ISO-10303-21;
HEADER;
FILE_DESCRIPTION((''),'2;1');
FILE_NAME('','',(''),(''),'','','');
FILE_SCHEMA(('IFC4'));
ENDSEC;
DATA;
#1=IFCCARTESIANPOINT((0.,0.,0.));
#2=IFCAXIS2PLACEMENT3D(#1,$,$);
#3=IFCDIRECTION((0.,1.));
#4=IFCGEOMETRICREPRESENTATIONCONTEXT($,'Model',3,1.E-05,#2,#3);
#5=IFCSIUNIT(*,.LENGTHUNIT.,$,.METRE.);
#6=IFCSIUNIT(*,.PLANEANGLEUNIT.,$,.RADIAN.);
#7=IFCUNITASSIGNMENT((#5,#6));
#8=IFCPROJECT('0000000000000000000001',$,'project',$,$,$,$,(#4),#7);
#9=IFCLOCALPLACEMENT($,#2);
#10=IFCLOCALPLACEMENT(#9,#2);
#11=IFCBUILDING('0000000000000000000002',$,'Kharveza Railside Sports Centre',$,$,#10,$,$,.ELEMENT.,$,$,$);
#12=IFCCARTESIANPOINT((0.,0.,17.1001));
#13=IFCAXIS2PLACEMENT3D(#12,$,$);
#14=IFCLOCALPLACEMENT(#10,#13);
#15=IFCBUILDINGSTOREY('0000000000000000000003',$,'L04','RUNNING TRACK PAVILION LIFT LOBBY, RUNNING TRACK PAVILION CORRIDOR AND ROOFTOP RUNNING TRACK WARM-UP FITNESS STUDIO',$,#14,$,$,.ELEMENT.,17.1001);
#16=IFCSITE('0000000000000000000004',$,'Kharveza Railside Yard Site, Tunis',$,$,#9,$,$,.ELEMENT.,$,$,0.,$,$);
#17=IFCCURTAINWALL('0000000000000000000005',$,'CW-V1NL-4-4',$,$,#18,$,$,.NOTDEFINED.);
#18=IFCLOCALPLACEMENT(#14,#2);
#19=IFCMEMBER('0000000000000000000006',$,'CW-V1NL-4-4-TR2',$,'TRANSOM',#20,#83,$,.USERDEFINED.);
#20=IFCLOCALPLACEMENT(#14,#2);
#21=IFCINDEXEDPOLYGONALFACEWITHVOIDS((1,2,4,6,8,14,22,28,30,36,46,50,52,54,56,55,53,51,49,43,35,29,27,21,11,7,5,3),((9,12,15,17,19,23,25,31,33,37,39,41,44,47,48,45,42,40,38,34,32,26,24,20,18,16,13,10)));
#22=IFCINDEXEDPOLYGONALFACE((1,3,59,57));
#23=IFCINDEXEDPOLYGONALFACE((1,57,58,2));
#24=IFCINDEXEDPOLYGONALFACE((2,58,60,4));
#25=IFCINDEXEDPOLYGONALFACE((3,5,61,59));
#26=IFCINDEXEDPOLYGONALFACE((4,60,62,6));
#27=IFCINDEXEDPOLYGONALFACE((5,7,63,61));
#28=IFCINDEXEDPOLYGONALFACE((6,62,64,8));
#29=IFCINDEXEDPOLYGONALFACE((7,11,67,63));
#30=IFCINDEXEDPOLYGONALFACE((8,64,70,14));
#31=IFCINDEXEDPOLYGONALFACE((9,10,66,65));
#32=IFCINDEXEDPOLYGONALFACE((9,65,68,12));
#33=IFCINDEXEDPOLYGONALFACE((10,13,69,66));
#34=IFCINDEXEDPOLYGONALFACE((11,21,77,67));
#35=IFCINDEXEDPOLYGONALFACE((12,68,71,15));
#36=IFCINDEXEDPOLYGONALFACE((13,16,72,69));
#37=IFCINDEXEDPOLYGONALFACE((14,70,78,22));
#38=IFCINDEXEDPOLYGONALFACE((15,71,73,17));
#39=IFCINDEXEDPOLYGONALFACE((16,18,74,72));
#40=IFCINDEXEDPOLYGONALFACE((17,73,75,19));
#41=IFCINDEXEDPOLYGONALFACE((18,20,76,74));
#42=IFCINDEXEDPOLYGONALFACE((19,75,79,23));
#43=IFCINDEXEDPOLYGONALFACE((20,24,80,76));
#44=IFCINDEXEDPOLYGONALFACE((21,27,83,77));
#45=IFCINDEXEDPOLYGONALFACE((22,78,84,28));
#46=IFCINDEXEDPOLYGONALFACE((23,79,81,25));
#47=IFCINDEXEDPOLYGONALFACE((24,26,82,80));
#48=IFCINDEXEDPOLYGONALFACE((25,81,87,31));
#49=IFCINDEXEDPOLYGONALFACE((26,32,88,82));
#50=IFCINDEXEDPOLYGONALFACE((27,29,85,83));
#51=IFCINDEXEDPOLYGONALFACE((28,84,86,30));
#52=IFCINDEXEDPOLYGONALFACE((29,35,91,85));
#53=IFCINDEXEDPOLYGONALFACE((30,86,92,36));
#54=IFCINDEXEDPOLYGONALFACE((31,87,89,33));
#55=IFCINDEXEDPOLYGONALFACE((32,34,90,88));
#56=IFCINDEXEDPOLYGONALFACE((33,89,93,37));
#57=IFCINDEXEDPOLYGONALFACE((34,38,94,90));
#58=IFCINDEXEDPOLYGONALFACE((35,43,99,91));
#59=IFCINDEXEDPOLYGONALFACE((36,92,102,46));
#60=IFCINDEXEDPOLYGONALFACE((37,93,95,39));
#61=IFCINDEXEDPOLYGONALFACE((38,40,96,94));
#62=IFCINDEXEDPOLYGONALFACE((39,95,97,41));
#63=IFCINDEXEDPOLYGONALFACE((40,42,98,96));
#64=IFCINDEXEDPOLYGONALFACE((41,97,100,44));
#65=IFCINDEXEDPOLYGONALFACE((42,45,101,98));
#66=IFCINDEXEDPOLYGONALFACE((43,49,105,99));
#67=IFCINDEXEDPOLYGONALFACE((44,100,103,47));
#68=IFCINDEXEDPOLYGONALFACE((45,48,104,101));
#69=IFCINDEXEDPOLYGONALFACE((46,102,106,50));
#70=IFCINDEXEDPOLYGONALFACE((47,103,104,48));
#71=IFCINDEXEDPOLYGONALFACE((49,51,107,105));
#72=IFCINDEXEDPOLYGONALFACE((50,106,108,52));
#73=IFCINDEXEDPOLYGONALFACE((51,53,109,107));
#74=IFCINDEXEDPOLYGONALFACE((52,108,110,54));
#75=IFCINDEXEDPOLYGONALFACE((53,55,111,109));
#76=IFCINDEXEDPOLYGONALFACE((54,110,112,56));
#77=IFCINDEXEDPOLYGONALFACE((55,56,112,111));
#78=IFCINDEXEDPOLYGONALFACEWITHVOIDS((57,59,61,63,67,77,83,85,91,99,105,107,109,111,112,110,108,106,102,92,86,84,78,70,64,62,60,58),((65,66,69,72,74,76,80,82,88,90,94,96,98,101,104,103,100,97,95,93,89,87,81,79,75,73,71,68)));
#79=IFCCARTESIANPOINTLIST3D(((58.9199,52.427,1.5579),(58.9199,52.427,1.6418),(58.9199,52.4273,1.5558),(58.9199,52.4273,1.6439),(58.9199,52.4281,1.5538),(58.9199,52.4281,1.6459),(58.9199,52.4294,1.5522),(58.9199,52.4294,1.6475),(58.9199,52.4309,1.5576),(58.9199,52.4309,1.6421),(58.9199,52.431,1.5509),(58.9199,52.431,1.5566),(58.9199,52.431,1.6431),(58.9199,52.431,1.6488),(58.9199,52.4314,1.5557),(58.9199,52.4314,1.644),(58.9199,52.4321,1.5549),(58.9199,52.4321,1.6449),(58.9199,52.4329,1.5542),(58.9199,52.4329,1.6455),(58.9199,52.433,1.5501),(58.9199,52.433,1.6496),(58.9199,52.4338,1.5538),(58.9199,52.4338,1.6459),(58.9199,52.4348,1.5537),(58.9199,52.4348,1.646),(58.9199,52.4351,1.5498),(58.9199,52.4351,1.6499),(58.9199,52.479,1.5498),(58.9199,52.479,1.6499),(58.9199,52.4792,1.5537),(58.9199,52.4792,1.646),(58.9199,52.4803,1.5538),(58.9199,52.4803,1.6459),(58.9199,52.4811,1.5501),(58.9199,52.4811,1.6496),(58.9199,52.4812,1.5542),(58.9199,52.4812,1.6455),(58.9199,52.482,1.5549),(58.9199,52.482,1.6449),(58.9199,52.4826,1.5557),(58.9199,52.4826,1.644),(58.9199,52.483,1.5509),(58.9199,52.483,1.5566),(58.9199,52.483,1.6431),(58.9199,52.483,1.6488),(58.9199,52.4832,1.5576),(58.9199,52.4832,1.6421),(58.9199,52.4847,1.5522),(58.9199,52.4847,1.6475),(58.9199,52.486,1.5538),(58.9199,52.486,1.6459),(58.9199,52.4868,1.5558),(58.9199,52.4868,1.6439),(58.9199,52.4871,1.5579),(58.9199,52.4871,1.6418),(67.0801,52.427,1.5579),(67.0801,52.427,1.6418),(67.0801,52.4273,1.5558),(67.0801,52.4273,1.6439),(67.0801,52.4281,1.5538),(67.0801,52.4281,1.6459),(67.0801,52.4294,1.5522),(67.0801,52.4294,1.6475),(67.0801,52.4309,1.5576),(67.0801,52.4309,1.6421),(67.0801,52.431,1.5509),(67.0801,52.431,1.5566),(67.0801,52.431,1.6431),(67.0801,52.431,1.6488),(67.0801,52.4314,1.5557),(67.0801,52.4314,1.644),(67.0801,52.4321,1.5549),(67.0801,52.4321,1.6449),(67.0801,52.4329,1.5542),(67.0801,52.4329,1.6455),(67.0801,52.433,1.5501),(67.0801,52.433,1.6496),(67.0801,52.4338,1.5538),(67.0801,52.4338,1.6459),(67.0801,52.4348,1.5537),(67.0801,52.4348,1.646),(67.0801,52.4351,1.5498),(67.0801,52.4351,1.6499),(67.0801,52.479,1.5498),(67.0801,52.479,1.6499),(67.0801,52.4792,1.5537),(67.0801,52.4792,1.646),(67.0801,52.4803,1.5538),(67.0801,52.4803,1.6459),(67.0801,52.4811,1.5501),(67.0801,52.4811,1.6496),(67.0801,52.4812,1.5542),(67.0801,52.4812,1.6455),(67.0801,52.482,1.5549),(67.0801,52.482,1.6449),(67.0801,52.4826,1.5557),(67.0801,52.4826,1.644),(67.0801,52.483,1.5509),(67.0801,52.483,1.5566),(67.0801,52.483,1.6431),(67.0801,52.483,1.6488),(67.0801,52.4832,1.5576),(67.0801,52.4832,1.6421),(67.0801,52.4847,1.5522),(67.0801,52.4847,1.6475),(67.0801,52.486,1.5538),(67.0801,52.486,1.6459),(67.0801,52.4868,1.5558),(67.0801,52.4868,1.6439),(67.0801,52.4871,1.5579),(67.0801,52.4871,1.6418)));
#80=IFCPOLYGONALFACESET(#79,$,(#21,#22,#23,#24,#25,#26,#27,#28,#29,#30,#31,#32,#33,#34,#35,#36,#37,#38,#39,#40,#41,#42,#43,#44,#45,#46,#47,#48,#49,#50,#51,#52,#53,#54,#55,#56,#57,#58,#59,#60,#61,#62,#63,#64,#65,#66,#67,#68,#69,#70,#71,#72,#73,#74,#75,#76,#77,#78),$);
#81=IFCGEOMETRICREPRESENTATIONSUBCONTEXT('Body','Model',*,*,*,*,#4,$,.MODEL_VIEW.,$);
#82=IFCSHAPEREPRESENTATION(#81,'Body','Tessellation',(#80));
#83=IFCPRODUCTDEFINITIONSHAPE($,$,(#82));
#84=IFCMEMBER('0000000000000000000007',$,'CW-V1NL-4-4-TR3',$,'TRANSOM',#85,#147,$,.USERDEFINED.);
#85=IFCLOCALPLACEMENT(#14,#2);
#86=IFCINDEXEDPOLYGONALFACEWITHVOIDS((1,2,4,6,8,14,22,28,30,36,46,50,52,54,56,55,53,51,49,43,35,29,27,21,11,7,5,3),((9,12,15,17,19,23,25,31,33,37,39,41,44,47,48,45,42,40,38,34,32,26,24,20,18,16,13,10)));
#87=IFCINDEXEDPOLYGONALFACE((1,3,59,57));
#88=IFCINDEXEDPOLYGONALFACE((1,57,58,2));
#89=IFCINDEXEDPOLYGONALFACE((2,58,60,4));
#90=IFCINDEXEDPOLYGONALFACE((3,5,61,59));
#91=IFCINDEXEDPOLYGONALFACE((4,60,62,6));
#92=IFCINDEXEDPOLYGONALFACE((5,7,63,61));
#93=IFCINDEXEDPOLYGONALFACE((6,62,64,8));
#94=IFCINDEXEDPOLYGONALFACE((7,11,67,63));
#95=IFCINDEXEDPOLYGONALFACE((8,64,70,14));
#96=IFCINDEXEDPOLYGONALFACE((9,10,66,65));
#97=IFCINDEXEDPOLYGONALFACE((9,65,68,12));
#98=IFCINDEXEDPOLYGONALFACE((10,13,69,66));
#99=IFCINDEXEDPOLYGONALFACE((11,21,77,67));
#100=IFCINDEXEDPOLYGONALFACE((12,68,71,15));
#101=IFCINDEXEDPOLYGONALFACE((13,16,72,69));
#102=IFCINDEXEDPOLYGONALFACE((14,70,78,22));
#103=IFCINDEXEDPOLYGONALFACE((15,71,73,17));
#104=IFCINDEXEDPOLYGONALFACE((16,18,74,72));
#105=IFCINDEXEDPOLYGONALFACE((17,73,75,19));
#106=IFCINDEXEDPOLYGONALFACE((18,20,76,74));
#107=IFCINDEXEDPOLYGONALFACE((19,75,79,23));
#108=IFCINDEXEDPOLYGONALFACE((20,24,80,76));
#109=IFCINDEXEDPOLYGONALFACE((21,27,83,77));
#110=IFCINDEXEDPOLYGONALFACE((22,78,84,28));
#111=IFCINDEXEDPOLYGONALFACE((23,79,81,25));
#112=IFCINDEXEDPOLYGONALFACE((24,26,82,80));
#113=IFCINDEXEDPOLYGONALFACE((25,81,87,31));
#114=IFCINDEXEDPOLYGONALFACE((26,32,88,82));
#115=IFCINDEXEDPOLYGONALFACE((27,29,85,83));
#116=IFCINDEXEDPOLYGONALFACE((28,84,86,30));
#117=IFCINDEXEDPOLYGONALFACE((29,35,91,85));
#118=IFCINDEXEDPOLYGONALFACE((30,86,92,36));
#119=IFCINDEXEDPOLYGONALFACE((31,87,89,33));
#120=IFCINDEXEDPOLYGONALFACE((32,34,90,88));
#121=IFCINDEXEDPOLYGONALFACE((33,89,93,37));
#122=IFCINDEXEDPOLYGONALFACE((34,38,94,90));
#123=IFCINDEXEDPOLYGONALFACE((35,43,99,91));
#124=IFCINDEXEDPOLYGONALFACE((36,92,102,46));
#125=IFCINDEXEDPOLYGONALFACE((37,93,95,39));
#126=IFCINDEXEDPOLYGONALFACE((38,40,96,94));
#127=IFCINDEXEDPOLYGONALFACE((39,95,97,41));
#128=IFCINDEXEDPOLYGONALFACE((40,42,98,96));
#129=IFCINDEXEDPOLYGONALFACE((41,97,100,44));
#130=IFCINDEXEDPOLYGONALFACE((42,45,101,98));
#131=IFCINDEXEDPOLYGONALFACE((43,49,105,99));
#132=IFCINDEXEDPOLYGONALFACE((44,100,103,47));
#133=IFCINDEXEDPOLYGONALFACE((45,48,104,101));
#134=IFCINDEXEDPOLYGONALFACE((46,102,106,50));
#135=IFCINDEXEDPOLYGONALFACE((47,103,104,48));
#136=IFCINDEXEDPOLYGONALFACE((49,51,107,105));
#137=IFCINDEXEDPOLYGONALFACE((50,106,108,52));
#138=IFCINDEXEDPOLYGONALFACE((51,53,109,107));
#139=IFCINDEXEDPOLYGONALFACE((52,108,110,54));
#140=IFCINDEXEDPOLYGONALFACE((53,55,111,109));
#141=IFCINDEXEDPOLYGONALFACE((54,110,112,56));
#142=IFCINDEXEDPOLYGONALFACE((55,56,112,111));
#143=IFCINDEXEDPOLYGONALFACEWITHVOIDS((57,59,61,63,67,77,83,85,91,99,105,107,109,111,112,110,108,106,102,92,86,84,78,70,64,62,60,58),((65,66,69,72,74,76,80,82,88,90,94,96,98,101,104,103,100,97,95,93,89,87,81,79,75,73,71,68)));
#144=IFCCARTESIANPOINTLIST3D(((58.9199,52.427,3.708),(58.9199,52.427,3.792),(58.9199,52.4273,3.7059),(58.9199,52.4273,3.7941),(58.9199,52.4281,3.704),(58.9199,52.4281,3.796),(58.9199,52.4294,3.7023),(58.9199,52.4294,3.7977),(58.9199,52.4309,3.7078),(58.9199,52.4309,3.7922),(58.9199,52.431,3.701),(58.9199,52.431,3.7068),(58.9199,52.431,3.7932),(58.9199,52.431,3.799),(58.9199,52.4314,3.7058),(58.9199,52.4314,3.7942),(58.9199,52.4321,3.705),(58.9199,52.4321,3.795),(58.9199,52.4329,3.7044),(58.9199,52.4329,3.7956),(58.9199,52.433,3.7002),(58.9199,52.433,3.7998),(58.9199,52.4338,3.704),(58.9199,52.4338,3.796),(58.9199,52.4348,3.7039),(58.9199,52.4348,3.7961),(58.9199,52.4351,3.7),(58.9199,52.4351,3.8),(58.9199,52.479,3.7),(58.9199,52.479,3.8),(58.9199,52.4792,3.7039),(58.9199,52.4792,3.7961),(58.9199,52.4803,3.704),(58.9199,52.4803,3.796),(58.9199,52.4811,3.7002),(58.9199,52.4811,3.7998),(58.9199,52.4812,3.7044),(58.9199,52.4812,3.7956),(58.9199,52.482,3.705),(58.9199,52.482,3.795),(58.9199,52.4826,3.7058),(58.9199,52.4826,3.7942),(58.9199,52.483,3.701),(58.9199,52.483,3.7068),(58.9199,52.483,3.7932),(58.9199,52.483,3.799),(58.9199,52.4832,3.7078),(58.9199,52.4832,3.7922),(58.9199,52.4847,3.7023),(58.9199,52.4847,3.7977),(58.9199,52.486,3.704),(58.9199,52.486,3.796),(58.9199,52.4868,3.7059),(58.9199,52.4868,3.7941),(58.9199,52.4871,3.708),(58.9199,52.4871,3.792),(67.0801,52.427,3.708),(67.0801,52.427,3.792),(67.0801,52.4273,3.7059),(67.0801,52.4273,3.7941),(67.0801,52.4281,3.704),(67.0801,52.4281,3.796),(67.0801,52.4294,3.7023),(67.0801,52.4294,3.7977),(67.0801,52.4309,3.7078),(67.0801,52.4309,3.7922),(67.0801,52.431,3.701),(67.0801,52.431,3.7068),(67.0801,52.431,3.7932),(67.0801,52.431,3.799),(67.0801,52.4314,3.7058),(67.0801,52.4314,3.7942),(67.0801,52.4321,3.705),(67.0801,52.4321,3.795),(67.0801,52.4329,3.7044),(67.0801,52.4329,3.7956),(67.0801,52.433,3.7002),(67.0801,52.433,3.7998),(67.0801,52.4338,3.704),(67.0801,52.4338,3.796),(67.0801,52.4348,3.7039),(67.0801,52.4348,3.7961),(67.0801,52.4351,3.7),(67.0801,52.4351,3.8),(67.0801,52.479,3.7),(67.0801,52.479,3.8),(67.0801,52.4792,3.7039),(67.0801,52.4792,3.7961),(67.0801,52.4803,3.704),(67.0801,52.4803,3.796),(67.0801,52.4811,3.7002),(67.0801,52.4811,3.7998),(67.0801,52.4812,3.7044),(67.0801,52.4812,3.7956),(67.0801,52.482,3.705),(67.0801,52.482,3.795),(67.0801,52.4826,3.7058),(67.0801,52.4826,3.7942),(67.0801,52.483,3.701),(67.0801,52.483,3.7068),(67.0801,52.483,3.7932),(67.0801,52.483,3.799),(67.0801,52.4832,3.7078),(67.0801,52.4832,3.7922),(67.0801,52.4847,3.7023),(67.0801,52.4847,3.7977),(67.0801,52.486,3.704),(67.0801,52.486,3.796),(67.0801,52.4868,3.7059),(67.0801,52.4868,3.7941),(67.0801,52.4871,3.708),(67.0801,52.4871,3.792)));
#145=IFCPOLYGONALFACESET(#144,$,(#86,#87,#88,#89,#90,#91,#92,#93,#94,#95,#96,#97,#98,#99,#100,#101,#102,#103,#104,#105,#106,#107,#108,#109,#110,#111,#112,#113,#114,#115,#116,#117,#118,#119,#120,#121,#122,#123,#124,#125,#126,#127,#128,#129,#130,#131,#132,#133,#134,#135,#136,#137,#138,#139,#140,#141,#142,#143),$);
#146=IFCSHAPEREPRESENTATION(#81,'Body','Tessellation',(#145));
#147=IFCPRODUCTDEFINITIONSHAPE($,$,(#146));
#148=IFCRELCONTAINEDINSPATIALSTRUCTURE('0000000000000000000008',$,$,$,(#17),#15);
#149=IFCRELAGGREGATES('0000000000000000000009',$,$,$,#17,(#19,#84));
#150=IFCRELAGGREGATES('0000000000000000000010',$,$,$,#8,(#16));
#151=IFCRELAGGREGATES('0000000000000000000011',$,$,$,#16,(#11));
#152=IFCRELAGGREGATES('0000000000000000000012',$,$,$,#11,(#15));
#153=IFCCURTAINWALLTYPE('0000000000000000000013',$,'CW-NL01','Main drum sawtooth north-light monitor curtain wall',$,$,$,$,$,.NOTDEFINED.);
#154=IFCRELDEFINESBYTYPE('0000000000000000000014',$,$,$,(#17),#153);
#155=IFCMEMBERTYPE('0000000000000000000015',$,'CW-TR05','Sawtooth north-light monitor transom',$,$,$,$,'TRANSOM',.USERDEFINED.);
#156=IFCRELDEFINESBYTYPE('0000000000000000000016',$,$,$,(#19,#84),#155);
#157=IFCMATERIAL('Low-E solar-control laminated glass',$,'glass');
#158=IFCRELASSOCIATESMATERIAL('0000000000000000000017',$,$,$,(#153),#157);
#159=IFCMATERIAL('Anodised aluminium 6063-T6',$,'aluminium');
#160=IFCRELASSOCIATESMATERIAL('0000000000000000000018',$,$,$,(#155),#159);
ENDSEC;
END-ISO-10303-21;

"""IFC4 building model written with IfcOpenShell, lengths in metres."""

from ifc_helpers import new_model, si_unit, direction, frame, origin, origin_2d, place, context, subcontext, project, spatial, hollow_rectangle, extrude, material, material_profile, profile_set, type_object, element, aggregate, save


model = new_model("IFC4")

# Units and contexts
model_context = context("Model", 3, precision=1e-05, world=origin(), true_north=direction((0.0, 1.0)))
body_context = subcontext(model_context, "Body", "Model", "MODEL_VIEW")
ifc_project = project(units=[si_unit("LENGTHUNIT", "METRE"), si_unit("PLANEANGLEUNIT", "RADIAN")], contexts=[model_context])

# Site, building, storey
site_placement = place(None, origin())
site = spatial("IfcSite", under=ifc_project, at=site_placement, Name="Kharveza Railside Yard Site, Tunis", CompositionType="ELEMENT", RefElevation=0.0)
building_placement = place(site_placement, origin())
building = spatial("IfcBuilding", under=site, at=building_placement, Name="Kharveza Railside Sports Centre", CompositionType="ELEMENT")
storey_placement = place(building_placement, frame((0.0, 0.0, 17.1001)))
storey = spatial("IfcBuildingStorey", under=building, at=storey_placement, Name="L04", Description="RUNNING TRACK PAVILION LIFT LOBBY, RUNNING TRACK PAVILION CORRIDOR AND ROOFTOP RUNNING TRACK WARM-UP FITNESS STUDIO", CompositionType="ELEMENT", Elevation=17.1001)

# Curtain wall
ifc_material_1 = material(Name="Low-E solar-control laminated glass", Category="glass")
curtain_wall_type = type_object("IfcCurtainWallType", Name="CW-NL01", Description="Main drum sawtooth north-light monitor curtain wall", PredefinedType="NOTDEFINED", material=ifc_material_1)
curtain_wall_1_placement = place(storey_placement, origin())
curtain_wall_1 = element("IfcCurtainWall", 1, at=curtain_wall_1_placement, inside=storey, type_object=curtain_wall_type, Name="CW-V1NL-4-4", PredefinedType="NOTDEFINED")
ifc_material_2 = material(Name="Anodised aluminium 6063-T6", Category="aluminium")

# Members
ifc_material_profile_1 = material_profile(ifc_material_2, hollow_rectangle(XDim=0.0601, YDim=0.1001, WallThickness=0.0039, InnerFilletRadius=0.0039, OuterFilletRadius=0.0081, at=origin_2d()), Name="RHS 60x100x4.0")
ifc_profile_set_1 = profile_set([ifc_material_profile_1], Name="Anodised aluminium 6063-T6")
member_type_1 = type_object("IfcMemberType", Name="CW-TR05", Description="Sawtooth north-light monitor transom", ElementType="TRANSOM", PredefinedType="USERDEFINED", material=ifc_profile_set_1)
member_1_placement = place(storey_placement, frame((58.9199, 52.457, 1.5999), z_axis=(1.0, 0.0, 0.0), x_axis=(0.0, 1.0, 0.0)))
member_1 = element("IfcMember", 2, at=member_1_placement, type_object=member_type_1, Name="CW-V1NL-4-4-TR2", ObjectType="TRANSOM", PredefinedType="USERDEFINED", context=body_context, shape_type="SweptSolid", body=[
    extrude(hollow_rectangle(XDim=0.0601, YDim=0.1001, WallThickness=0.0039, InnerFilletRadius=0.0039, OuterFilletRadius=0.0081, at=origin_2d()), origin(), (0.0, 0.0, 1.0), 8.1602),
])
member_2_placement = place(storey_placement, frame((58.9199, 52.457, 3.75), z_axis=(1.0, 0.0, 0.0), x_axis=(0.0, 1.0, 0.0)))
member_2 = element("IfcMember", 3, at=member_2_placement, type_object=member_type_1, Name="CW-V1NL-4-4-TR3", ObjectType="TRANSOM", PredefinedType="USERDEFINED", context=body_context, shape_type="SweptSolid", body=[
    extrude(hollow_rectangle(XDim=0.0601, YDim=0.1001, WallThickness=0.0039, InnerFilletRadius=0.0039, OuterFilletRadius=0.0081, at=origin_2d()), origin(), (0.0, 0.0, 1.0), 8.1602),
])

aggregate(curtain_wall_1, [member_1, member_2])

save(model, "model.ifc")
